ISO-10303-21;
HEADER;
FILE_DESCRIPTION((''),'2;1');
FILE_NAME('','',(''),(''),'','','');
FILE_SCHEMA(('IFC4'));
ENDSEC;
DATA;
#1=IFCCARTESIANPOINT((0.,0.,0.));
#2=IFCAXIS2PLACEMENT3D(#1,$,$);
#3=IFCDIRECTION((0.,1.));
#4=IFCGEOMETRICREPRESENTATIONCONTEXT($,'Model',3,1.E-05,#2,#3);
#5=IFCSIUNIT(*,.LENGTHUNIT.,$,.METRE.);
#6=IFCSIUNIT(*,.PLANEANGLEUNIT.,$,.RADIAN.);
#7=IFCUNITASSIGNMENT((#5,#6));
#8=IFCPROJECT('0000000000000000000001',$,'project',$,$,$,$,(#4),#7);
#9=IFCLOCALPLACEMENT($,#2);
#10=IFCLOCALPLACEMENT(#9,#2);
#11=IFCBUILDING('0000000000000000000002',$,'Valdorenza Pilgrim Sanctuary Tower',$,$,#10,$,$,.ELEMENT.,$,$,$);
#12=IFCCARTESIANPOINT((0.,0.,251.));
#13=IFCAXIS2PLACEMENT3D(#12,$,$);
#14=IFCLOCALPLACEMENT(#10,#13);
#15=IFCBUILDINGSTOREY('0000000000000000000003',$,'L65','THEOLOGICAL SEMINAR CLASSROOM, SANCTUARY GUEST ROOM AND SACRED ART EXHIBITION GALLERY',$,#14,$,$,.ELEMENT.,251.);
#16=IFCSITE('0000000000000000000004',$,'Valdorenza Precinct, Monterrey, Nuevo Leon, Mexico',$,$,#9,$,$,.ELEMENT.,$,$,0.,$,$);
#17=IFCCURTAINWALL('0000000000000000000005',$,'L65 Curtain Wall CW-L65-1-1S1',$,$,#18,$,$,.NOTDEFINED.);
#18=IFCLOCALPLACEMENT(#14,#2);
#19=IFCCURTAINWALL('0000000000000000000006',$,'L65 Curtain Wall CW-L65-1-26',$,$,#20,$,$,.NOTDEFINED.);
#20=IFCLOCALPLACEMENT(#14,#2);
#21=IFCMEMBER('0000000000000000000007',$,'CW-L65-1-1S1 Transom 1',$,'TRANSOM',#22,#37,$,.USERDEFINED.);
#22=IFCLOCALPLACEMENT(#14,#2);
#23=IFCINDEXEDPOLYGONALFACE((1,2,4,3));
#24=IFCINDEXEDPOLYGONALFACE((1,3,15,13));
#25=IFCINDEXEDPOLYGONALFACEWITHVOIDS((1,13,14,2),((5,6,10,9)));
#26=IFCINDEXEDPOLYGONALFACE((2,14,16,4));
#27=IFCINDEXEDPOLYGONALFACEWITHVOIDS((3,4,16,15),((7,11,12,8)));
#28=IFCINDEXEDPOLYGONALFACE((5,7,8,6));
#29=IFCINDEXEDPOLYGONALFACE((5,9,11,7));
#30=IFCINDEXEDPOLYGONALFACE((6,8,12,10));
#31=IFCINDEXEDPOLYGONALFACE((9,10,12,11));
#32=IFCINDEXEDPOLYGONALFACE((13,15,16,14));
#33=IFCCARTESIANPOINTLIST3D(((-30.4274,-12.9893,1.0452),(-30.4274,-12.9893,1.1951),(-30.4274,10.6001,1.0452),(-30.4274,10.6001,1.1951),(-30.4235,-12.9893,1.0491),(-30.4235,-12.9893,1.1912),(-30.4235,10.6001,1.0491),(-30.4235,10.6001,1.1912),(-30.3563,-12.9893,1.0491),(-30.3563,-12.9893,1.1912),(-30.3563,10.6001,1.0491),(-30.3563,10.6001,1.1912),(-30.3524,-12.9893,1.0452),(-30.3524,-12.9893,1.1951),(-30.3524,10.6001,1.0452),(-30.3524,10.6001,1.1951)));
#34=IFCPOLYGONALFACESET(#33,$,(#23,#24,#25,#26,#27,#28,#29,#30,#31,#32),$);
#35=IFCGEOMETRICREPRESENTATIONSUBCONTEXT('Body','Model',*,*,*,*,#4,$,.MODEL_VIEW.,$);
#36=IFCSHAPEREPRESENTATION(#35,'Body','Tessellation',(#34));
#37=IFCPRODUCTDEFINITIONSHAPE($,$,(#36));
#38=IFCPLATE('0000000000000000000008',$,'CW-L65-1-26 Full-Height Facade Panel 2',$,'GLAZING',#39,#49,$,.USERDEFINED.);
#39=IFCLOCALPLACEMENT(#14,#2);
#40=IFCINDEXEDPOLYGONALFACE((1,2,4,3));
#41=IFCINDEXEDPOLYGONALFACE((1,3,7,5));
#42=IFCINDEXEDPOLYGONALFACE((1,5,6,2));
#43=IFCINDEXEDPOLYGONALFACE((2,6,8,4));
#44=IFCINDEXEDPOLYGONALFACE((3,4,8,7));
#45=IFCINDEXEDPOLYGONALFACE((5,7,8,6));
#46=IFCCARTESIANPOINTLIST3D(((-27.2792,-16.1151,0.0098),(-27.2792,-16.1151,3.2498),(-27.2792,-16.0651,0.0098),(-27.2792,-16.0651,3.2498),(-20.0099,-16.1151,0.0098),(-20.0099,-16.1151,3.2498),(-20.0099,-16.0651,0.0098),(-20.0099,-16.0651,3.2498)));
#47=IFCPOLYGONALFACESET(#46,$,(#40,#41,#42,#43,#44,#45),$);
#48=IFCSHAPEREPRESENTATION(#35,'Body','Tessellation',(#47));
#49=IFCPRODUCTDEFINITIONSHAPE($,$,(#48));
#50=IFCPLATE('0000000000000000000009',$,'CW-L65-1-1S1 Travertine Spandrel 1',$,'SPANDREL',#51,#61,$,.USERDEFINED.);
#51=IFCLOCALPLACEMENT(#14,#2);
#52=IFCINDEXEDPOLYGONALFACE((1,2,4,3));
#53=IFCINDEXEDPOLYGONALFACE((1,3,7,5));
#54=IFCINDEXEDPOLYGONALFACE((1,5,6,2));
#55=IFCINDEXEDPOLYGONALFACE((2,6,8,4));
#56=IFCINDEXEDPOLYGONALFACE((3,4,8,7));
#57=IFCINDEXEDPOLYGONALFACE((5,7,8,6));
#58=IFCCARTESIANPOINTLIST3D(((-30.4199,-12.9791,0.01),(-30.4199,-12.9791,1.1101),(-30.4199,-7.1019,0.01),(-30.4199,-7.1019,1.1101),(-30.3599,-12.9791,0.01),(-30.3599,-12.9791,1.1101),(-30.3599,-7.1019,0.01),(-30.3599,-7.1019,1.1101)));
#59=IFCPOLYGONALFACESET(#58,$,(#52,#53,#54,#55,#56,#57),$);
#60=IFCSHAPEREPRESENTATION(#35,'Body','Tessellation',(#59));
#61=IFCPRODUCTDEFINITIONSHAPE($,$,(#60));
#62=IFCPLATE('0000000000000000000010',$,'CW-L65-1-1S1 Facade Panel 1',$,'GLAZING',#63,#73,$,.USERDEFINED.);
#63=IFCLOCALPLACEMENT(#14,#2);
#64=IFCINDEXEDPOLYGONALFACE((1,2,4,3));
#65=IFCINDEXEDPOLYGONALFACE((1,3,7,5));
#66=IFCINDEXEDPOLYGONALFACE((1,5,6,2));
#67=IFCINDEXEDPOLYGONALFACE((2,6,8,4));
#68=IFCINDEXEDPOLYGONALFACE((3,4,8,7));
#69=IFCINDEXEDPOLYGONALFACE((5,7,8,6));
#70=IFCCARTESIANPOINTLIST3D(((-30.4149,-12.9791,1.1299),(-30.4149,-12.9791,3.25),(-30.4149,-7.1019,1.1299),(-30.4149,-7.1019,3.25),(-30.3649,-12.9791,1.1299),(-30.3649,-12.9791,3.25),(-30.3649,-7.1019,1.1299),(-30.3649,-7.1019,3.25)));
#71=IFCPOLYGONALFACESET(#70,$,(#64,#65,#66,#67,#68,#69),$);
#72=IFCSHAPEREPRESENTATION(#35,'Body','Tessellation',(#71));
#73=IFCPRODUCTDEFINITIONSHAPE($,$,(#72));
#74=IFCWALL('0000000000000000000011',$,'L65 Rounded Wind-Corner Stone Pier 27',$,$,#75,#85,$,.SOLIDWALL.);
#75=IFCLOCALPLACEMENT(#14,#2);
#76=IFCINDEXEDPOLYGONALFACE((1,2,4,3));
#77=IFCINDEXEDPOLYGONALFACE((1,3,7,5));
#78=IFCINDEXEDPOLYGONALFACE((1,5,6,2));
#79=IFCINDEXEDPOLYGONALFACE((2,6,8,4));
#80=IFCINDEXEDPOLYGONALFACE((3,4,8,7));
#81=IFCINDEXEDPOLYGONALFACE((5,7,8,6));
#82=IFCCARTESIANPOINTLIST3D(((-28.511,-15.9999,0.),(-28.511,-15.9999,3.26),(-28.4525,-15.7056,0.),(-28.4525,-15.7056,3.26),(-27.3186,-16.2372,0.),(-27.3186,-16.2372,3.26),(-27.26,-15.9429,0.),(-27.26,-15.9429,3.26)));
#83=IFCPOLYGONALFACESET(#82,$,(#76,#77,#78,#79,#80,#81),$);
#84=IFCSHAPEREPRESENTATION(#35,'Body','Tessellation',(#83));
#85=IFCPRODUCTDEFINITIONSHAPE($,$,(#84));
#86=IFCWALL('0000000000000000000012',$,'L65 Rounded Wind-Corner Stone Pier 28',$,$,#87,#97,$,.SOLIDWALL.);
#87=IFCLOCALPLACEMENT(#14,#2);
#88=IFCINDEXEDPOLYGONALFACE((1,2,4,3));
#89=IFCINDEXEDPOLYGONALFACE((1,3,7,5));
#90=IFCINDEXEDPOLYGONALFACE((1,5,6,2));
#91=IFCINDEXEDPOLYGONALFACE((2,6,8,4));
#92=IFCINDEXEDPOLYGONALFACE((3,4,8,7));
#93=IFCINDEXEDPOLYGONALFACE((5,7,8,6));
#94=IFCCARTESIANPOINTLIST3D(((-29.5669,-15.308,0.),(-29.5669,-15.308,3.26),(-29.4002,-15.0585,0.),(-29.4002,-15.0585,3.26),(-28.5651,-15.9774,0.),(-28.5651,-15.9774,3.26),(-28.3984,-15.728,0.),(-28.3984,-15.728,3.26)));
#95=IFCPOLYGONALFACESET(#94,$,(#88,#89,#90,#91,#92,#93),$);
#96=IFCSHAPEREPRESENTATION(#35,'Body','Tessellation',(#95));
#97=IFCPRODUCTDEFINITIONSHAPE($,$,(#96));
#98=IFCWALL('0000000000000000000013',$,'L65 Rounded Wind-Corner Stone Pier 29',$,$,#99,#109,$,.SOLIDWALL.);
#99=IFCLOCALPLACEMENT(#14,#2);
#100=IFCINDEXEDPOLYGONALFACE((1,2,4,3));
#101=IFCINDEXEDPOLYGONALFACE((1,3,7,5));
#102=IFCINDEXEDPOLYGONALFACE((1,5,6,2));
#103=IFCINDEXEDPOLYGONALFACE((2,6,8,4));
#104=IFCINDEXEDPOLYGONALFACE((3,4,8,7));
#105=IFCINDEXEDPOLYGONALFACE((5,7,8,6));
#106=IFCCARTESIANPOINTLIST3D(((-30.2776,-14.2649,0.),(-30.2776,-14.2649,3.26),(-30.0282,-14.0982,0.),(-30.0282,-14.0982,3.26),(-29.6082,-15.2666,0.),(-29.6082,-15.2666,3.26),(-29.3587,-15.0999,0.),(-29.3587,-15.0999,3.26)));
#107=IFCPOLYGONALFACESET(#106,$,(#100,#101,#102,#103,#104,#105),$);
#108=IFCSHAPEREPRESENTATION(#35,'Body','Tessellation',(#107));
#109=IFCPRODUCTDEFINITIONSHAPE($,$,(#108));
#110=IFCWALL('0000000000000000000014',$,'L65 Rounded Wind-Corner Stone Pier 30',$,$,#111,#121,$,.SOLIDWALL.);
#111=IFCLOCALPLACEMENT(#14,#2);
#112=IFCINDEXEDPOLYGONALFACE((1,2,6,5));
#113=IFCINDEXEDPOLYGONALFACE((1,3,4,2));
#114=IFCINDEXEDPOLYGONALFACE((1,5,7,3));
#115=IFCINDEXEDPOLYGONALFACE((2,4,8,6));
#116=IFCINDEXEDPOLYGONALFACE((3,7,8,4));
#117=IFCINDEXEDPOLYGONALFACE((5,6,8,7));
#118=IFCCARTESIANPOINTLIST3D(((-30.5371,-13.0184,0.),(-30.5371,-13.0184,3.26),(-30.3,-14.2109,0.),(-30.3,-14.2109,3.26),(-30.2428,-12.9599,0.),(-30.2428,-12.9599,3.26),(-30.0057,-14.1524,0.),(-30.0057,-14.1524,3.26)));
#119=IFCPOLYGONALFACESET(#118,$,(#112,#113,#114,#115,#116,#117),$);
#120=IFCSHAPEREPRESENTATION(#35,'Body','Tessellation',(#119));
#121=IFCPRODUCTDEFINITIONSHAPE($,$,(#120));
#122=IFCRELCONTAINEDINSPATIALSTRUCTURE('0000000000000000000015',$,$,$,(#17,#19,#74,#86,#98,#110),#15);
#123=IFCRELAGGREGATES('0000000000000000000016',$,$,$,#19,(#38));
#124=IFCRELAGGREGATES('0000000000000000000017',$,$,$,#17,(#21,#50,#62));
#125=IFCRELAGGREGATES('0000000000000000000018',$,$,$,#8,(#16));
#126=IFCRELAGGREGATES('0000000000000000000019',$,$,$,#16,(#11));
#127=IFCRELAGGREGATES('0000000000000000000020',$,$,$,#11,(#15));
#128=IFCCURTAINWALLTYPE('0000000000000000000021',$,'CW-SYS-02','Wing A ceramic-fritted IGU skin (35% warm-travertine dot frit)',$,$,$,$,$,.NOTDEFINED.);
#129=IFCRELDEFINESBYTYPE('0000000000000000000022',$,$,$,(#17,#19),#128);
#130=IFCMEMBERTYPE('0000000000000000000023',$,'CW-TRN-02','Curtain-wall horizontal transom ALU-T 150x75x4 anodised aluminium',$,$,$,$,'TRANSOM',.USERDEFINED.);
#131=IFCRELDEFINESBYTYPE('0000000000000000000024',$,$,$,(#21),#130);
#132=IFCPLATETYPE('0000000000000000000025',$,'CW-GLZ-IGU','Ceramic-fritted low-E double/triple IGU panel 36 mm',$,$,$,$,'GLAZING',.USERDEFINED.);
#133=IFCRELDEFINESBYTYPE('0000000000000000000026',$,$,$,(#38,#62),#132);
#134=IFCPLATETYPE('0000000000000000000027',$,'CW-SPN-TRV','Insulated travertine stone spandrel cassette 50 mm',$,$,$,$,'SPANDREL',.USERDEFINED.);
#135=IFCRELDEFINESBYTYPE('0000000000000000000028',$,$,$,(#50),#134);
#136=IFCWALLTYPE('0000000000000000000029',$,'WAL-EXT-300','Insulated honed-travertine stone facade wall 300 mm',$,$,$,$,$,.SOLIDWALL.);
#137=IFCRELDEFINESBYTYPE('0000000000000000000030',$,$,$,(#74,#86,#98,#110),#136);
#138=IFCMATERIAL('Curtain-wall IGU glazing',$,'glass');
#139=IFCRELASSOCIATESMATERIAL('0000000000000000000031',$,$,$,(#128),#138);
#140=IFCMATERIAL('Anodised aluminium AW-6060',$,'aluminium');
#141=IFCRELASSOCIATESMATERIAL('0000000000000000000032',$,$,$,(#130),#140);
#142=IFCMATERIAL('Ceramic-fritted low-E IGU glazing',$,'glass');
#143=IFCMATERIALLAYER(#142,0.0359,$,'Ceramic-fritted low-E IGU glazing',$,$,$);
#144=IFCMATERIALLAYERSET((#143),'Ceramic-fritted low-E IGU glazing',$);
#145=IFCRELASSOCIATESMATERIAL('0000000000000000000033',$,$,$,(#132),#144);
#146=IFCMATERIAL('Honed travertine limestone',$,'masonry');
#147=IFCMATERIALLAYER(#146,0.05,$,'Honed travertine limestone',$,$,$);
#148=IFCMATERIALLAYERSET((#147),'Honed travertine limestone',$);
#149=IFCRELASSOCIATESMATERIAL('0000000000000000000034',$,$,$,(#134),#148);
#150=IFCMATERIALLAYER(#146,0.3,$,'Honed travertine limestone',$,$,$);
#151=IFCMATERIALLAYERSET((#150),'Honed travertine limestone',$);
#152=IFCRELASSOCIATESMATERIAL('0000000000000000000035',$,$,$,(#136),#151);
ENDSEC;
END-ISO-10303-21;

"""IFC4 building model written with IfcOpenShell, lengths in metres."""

from ifc_helpers import new_model, si_unit, direction, frame, frame_2d, origin, origin_2d, place, context, subcontext, project, spatial, rectangle, hollow_rectangle, extrude, source, transform, mapped, material, layer, layer_set, material_profile, profile_set, type_object, element, aggregate, save


model = new_model("IFC4")

# Units and contexts
model_context = context("Model", 3, precision=1e-05, world=origin(), true_north=direction((0.0, 1.0)))
body_context = subcontext(model_context, "Body", "Model", "MODEL_VIEW")
ifc_project = project(units=[si_unit("LENGTHUNIT", "METRE"), si_unit("PLANEANGLEUNIT", "RADIAN")], contexts=[model_context])

# Site, building, storey
site_placement = place(None, origin())
site = spatial("IfcSite", under=ifc_project, at=site_placement, Name="Valdorenza Precinct, Monterrey, Nuevo Leon, Mexico", CompositionType="ELEMENT", RefElevation=0.0)
building_placement = place(site_placement, origin())
building = spatial("IfcBuilding", under=site, at=building_placement, Name="Valdorenza Pilgrim Sanctuary Tower", CompositionType="ELEMENT")
storey_placement = place(building_placement, frame((0.0, 0.0, 251.0)))
storey = spatial("IfcBuildingStorey", under=building, at=storey_placement, Name="L65", Description="THEOLOGICAL SEMINAR CLASSROOM, SANCTUARY GUEST ROOM AND SACRED ART EXHIBITION GALLERY", CompositionType="ELEMENT", Elevation=251.0)

# Curtain walls
ifc_material_1 = material(Name="Curtain-wall IGU glazing", Category="glass")
curtain_wall_type = type_object("IfcCurtainWallType", Name="CW-SYS-02", Description="Wing A ceramic-fritted IGU skin (35% warm-travertine dot frit)", PredefinedType="NOTDEFINED", material=ifc_material_1)
curtain_wall_1_placement = place(storey_placement, origin())
curtain_wall_1 = element("IfcCurtainWall", 1, at=curtain_wall_1_placement, inside=storey, type_object=curtain_wall_type, Name="L65 Curtain Wall CW-L65-1-1S1", PredefinedType="NOTDEFINED")
ifc_material_2 = material(Name="Anodised aluminium AW-6060", Category="aluminium")
curtain_wall_2_placement = place(storey_placement, origin())
curtain_wall_2 = element("IfcCurtainWall", 2, at=curtain_wall_2_placement, inside=storey, type_object=curtain_wall_type, Name="L65 Curtain Wall CW-L65-1-26", PredefinedType="NOTDEFINED")

# Member
ifc_material_profile_1 = material_profile(ifc_material_2, hollow_rectangle(XDim=0.075, YDim=0.1499, WallThickness=0.0039, at=origin_2d()), Name="ALU-T 150x75x4")
ifc_profile_set_1 = profile_set([ifc_material_profile_1], Name="Anodised aluminium AW-6060")
member_type_1 = type_object("IfcMemberType", Name="CW-TRN-02", Description="Curtain-wall horizontal transom ALU-T 150x75x4 anodised aluminium", ElementType="TRANSOM", PredefinedType="USERDEFINED", material=ifc_profile_set_1)
shared_shape_1 = source(origin(), body_context, "Body", "SweptSolid", [
    extrude(hollow_rectangle(XDim=0.075, YDim=0.1499, WallThickness=0.0039, at=origin_2d()), origin(), (0.0, 0.0, 1.0), 23.5894),
])
member_1_placement = place(storey_placement, frame((-30.3899, -12.9893, 1.1201), z_axis=(0.0, 1.0, 0.0), x_axis=(-1.0, 0.0, 0.0)))
member_1 = element("IfcMember", 3, at=member_1_placement, type_object=member_type_1, Name="CW-L65-1-1S1 Transom 1", ObjectType="TRANSOM", PredefinedType="USERDEFINED", context=body_context, shape_type="MappedRepresentation", body=[
    mapped(shared_shape_1, transform((0.0, 0.0, 0.0), x_axis=(1.0, 0.0, 0.0), y_axis=(0.0, 1.0, 0.0), z_axis=(0.0, 0.0, 1.0), scale=1.0)),
])

# Plates
ifc_material_3 = material(Name="Ceramic-fritted low-E IGU glazing", Category="glass")
ifc_layer_1 = layer(ifc_material_3, 0.0359, Name="Ceramic-fritted low-E IGU glazing")
ifc_layer_set_1 = layer_set([ifc_layer_1], Name="Ceramic-fritted low-E IGU glazing")
plate_type_1 = type_object("IfcPlateType", Name="CW-GLZ-IGU", Description="Ceramic-fritted low-E double/triple IGU panel 36 mm", ElementType="GLAZING", PredefinedType="USERDEFINED", material=ifc_layer_set_1)
shared_shape_2 = source(origin(), body_context, "Body", "SweptSolid", [
    extrude(rectangle(XDim=7.2693, YDim=0.05, at=origin_2d()), origin(), (0.0, 0.0, 1.0), 3.24),
])
plate_1_placement = place(storey_placement, frame((-23.6445, -16.0901, 0.0098), z_axis=(0.0, 0.0, 1.0), x_axis=(-1.0, 0.0, 0.0)))
plate_1 = element("IfcPlate", 4, at=plate_1_placement, type_object=plate_type_1, Name="CW-L65-1-26 Full-Height Facade Panel 2", ObjectType="GLAZING", PredefinedType="USERDEFINED", context=body_context, shape_type="MappedRepresentation", body=[
    mapped(shared_shape_2, transform((0.0, 0.0, 0.0), x_axis=(1.0, 0.0, 0.0), y_axis=(0.0, 1.0, 0.0), z_axis=(0.0, 0.0, 1.0), scale=1.0)),
])
aggregate(curtain_wall_2, [plate_1])
ifc_material_4 = material(Name="Honed travertine limestone", Category="masonry")
ifc_layer_2 = layer(ifc_material_4, 0.05, Name="Honed travertine limestone")
ifc_layer_set_2 = layer_set([ifc_layer_2], Name="Honed travertine limestone")
plate_type_2 = type_object("IfcPlateType", Name="CW-SPN-TRV", Description="Insulated travertine stone spandrel cassette 50 mm", ElementType="SPANDREL", PredefinedType="USERDEFINED", material=ifc_layer_set_2)
shared_shape_3 = source(origin(), body_context, "Body", "SweptSolid", [
    extrude(rectangle(XDim=5.8772, YDim=0.0601, at=origin_2d()), origin(), (0.0, 0.0, 1.0), 1.1001),
])
plate_2_placement = place(storey_placement, frame((-30.3899, -10.0405, 0.01), z_axis=(0.0, 0.0, 1.0), x_axis=(0.0, 1.0, 0.0)))
plate_2 = element("IfcPlate", 5, at=plate_2_placement, type_object=plate_type_2, Name="CW-L65-1-1S1 Travertine Spandrel 1", ObjectType="SPANDREL", PredefinedType="USERDEFINED", context=body_context, shape_type="MappedRepresentation", body=[
    mapped(shared_shape_3, transform((0.0, 0.0, 0.0), x_axis=(1.0, 0.0, 0.0), y_axis=(0.0, 1.0, 0.0), z_axis=(0.0, 0.0, 1.0), scale=1.0)),
])
shared_shape_4 = source(origin(), body_context, "Body", "SweptSolid", [
    extrude(rectangle(XDim=5.8772, YDim=0.05, at=origin_2d()), origin(), (0.0, 0.0, 1.0), 2.1201),
])
plate_3_placement = place(storey_placement, frame((-30.3899, -10.0405, 1.1299), z_axis=(0.0, 0.0, 1.0), x_axis=(0.0, 1.0, 0.0)))
plate_3 = element("IfcPlate", 6, at=plate_3_placement, type_object=plate_type_1, Name="CW-L65-1-1S1 Facade Panel 1", ObjectType="GLAZING", PredefinedType="USERDEFINED", context=body_context, shape_type="MappedRepresentation", body=[
    mapped(shared_shape_4, transform((0.0, 0.0, 0.0), x_axis=(1.0, 0.0, 0.0), y_axis=(0.0, 1.0, 0.0), z_axis=(0.0, 0.0, 1.0), scale=1.0)),
])
aggregate(curtain_wall_1, [member_1, plate_2, plate_3])

# Walls
ifc_layer_3 = layer(ifc_material_4, 0.3, Name="Honed travertine limestone")
ifc_layer_set_3 = layer_set([ifc_layer_3], Name="Honed travertine limestone")
wall_type_1 = type_object("IfcWallType", Name="WAL-EXT-300", Description="Insulated honed-travertine stone facade wall 300 mm", PredefinedType="SOLIDWALL", material=ifc_layer_set_3)
wall_1_placement = place(storey_placement, frame((-27.2893, -16.0901, 0.0), z_axis=(0.0, 0.0, 1.0), x_axis=(-0.980766, 0.195189, 0.0)))
element("IfcWall", 7, at=wall_1_placement, inside=storey, type_object=wall_type_1, Name="L65 Rounded Wind-Corner Stone Pier 27", PredefinedType="SOLIDWALL", context=body_context, shape_type="SweptSolid", body=[
    extrude(rectangle(XDim=1.2158, YDim=0.3, at=frame_2d((0.6079, 0.0))), origin(), (0.0, 0.0, 1.0), 3.26),
])
for number, where, z_axis, x_axis, name in (
    (8, (-28.4817, -15.8528, 0.0), (0.0, 0.0, 1.0), (-0.831426, 0.555635, 0.0), "L65 Rounded Wind-Corner Stone Pier 28"),
    (9, (-29.4834, -15.1833, 0.0), (0.0, 0.0, 1.0), (-0.555635, 0.831426, 0.0), "L65 Rounded Wind-Corner Stone Pier 29"),
):
    element("IfcWall", number, at=place(storey_placement, frame(where, z_axis=z_axis, x_axis=x_axis)), inside=storey, type_object=wall_type_1, Name=name, PredefinedType="SOLIDWALL", context=body_context, shape_type="SweptSolid", body=[
        extrude(rectangle(XDim=1.2048, YDim=0.3, at=frame_2d((0.6025, 0.0))), origin(), (0.0, 0.0, 1.0), 3.26),
    ])
wall_2_placement = place(storey_placement, frame((-30.1528, -14.1816, 0.0), z_axis=(0.0, 0.0, 1.0), x_axis=(-0.194996, 0.980804, 0.0)))
element("IfcWall", 10, at=wall_2_placement, inside=storey, type_object=wall_type_1, Name="L65 Rounded Wind-Corner Stone Pier 30", PredefinedType="SOLIDWALL", context=body_context, shape_type="SweptSolid", body=[
    extrude(rectangle(XDim=1.2158, YDim=0.3, at=frame_2d((0.6079, 0.0))), origin(), (0.0, 0.0, 1.0), 3.26),
])

save(model, "model.ifc")
